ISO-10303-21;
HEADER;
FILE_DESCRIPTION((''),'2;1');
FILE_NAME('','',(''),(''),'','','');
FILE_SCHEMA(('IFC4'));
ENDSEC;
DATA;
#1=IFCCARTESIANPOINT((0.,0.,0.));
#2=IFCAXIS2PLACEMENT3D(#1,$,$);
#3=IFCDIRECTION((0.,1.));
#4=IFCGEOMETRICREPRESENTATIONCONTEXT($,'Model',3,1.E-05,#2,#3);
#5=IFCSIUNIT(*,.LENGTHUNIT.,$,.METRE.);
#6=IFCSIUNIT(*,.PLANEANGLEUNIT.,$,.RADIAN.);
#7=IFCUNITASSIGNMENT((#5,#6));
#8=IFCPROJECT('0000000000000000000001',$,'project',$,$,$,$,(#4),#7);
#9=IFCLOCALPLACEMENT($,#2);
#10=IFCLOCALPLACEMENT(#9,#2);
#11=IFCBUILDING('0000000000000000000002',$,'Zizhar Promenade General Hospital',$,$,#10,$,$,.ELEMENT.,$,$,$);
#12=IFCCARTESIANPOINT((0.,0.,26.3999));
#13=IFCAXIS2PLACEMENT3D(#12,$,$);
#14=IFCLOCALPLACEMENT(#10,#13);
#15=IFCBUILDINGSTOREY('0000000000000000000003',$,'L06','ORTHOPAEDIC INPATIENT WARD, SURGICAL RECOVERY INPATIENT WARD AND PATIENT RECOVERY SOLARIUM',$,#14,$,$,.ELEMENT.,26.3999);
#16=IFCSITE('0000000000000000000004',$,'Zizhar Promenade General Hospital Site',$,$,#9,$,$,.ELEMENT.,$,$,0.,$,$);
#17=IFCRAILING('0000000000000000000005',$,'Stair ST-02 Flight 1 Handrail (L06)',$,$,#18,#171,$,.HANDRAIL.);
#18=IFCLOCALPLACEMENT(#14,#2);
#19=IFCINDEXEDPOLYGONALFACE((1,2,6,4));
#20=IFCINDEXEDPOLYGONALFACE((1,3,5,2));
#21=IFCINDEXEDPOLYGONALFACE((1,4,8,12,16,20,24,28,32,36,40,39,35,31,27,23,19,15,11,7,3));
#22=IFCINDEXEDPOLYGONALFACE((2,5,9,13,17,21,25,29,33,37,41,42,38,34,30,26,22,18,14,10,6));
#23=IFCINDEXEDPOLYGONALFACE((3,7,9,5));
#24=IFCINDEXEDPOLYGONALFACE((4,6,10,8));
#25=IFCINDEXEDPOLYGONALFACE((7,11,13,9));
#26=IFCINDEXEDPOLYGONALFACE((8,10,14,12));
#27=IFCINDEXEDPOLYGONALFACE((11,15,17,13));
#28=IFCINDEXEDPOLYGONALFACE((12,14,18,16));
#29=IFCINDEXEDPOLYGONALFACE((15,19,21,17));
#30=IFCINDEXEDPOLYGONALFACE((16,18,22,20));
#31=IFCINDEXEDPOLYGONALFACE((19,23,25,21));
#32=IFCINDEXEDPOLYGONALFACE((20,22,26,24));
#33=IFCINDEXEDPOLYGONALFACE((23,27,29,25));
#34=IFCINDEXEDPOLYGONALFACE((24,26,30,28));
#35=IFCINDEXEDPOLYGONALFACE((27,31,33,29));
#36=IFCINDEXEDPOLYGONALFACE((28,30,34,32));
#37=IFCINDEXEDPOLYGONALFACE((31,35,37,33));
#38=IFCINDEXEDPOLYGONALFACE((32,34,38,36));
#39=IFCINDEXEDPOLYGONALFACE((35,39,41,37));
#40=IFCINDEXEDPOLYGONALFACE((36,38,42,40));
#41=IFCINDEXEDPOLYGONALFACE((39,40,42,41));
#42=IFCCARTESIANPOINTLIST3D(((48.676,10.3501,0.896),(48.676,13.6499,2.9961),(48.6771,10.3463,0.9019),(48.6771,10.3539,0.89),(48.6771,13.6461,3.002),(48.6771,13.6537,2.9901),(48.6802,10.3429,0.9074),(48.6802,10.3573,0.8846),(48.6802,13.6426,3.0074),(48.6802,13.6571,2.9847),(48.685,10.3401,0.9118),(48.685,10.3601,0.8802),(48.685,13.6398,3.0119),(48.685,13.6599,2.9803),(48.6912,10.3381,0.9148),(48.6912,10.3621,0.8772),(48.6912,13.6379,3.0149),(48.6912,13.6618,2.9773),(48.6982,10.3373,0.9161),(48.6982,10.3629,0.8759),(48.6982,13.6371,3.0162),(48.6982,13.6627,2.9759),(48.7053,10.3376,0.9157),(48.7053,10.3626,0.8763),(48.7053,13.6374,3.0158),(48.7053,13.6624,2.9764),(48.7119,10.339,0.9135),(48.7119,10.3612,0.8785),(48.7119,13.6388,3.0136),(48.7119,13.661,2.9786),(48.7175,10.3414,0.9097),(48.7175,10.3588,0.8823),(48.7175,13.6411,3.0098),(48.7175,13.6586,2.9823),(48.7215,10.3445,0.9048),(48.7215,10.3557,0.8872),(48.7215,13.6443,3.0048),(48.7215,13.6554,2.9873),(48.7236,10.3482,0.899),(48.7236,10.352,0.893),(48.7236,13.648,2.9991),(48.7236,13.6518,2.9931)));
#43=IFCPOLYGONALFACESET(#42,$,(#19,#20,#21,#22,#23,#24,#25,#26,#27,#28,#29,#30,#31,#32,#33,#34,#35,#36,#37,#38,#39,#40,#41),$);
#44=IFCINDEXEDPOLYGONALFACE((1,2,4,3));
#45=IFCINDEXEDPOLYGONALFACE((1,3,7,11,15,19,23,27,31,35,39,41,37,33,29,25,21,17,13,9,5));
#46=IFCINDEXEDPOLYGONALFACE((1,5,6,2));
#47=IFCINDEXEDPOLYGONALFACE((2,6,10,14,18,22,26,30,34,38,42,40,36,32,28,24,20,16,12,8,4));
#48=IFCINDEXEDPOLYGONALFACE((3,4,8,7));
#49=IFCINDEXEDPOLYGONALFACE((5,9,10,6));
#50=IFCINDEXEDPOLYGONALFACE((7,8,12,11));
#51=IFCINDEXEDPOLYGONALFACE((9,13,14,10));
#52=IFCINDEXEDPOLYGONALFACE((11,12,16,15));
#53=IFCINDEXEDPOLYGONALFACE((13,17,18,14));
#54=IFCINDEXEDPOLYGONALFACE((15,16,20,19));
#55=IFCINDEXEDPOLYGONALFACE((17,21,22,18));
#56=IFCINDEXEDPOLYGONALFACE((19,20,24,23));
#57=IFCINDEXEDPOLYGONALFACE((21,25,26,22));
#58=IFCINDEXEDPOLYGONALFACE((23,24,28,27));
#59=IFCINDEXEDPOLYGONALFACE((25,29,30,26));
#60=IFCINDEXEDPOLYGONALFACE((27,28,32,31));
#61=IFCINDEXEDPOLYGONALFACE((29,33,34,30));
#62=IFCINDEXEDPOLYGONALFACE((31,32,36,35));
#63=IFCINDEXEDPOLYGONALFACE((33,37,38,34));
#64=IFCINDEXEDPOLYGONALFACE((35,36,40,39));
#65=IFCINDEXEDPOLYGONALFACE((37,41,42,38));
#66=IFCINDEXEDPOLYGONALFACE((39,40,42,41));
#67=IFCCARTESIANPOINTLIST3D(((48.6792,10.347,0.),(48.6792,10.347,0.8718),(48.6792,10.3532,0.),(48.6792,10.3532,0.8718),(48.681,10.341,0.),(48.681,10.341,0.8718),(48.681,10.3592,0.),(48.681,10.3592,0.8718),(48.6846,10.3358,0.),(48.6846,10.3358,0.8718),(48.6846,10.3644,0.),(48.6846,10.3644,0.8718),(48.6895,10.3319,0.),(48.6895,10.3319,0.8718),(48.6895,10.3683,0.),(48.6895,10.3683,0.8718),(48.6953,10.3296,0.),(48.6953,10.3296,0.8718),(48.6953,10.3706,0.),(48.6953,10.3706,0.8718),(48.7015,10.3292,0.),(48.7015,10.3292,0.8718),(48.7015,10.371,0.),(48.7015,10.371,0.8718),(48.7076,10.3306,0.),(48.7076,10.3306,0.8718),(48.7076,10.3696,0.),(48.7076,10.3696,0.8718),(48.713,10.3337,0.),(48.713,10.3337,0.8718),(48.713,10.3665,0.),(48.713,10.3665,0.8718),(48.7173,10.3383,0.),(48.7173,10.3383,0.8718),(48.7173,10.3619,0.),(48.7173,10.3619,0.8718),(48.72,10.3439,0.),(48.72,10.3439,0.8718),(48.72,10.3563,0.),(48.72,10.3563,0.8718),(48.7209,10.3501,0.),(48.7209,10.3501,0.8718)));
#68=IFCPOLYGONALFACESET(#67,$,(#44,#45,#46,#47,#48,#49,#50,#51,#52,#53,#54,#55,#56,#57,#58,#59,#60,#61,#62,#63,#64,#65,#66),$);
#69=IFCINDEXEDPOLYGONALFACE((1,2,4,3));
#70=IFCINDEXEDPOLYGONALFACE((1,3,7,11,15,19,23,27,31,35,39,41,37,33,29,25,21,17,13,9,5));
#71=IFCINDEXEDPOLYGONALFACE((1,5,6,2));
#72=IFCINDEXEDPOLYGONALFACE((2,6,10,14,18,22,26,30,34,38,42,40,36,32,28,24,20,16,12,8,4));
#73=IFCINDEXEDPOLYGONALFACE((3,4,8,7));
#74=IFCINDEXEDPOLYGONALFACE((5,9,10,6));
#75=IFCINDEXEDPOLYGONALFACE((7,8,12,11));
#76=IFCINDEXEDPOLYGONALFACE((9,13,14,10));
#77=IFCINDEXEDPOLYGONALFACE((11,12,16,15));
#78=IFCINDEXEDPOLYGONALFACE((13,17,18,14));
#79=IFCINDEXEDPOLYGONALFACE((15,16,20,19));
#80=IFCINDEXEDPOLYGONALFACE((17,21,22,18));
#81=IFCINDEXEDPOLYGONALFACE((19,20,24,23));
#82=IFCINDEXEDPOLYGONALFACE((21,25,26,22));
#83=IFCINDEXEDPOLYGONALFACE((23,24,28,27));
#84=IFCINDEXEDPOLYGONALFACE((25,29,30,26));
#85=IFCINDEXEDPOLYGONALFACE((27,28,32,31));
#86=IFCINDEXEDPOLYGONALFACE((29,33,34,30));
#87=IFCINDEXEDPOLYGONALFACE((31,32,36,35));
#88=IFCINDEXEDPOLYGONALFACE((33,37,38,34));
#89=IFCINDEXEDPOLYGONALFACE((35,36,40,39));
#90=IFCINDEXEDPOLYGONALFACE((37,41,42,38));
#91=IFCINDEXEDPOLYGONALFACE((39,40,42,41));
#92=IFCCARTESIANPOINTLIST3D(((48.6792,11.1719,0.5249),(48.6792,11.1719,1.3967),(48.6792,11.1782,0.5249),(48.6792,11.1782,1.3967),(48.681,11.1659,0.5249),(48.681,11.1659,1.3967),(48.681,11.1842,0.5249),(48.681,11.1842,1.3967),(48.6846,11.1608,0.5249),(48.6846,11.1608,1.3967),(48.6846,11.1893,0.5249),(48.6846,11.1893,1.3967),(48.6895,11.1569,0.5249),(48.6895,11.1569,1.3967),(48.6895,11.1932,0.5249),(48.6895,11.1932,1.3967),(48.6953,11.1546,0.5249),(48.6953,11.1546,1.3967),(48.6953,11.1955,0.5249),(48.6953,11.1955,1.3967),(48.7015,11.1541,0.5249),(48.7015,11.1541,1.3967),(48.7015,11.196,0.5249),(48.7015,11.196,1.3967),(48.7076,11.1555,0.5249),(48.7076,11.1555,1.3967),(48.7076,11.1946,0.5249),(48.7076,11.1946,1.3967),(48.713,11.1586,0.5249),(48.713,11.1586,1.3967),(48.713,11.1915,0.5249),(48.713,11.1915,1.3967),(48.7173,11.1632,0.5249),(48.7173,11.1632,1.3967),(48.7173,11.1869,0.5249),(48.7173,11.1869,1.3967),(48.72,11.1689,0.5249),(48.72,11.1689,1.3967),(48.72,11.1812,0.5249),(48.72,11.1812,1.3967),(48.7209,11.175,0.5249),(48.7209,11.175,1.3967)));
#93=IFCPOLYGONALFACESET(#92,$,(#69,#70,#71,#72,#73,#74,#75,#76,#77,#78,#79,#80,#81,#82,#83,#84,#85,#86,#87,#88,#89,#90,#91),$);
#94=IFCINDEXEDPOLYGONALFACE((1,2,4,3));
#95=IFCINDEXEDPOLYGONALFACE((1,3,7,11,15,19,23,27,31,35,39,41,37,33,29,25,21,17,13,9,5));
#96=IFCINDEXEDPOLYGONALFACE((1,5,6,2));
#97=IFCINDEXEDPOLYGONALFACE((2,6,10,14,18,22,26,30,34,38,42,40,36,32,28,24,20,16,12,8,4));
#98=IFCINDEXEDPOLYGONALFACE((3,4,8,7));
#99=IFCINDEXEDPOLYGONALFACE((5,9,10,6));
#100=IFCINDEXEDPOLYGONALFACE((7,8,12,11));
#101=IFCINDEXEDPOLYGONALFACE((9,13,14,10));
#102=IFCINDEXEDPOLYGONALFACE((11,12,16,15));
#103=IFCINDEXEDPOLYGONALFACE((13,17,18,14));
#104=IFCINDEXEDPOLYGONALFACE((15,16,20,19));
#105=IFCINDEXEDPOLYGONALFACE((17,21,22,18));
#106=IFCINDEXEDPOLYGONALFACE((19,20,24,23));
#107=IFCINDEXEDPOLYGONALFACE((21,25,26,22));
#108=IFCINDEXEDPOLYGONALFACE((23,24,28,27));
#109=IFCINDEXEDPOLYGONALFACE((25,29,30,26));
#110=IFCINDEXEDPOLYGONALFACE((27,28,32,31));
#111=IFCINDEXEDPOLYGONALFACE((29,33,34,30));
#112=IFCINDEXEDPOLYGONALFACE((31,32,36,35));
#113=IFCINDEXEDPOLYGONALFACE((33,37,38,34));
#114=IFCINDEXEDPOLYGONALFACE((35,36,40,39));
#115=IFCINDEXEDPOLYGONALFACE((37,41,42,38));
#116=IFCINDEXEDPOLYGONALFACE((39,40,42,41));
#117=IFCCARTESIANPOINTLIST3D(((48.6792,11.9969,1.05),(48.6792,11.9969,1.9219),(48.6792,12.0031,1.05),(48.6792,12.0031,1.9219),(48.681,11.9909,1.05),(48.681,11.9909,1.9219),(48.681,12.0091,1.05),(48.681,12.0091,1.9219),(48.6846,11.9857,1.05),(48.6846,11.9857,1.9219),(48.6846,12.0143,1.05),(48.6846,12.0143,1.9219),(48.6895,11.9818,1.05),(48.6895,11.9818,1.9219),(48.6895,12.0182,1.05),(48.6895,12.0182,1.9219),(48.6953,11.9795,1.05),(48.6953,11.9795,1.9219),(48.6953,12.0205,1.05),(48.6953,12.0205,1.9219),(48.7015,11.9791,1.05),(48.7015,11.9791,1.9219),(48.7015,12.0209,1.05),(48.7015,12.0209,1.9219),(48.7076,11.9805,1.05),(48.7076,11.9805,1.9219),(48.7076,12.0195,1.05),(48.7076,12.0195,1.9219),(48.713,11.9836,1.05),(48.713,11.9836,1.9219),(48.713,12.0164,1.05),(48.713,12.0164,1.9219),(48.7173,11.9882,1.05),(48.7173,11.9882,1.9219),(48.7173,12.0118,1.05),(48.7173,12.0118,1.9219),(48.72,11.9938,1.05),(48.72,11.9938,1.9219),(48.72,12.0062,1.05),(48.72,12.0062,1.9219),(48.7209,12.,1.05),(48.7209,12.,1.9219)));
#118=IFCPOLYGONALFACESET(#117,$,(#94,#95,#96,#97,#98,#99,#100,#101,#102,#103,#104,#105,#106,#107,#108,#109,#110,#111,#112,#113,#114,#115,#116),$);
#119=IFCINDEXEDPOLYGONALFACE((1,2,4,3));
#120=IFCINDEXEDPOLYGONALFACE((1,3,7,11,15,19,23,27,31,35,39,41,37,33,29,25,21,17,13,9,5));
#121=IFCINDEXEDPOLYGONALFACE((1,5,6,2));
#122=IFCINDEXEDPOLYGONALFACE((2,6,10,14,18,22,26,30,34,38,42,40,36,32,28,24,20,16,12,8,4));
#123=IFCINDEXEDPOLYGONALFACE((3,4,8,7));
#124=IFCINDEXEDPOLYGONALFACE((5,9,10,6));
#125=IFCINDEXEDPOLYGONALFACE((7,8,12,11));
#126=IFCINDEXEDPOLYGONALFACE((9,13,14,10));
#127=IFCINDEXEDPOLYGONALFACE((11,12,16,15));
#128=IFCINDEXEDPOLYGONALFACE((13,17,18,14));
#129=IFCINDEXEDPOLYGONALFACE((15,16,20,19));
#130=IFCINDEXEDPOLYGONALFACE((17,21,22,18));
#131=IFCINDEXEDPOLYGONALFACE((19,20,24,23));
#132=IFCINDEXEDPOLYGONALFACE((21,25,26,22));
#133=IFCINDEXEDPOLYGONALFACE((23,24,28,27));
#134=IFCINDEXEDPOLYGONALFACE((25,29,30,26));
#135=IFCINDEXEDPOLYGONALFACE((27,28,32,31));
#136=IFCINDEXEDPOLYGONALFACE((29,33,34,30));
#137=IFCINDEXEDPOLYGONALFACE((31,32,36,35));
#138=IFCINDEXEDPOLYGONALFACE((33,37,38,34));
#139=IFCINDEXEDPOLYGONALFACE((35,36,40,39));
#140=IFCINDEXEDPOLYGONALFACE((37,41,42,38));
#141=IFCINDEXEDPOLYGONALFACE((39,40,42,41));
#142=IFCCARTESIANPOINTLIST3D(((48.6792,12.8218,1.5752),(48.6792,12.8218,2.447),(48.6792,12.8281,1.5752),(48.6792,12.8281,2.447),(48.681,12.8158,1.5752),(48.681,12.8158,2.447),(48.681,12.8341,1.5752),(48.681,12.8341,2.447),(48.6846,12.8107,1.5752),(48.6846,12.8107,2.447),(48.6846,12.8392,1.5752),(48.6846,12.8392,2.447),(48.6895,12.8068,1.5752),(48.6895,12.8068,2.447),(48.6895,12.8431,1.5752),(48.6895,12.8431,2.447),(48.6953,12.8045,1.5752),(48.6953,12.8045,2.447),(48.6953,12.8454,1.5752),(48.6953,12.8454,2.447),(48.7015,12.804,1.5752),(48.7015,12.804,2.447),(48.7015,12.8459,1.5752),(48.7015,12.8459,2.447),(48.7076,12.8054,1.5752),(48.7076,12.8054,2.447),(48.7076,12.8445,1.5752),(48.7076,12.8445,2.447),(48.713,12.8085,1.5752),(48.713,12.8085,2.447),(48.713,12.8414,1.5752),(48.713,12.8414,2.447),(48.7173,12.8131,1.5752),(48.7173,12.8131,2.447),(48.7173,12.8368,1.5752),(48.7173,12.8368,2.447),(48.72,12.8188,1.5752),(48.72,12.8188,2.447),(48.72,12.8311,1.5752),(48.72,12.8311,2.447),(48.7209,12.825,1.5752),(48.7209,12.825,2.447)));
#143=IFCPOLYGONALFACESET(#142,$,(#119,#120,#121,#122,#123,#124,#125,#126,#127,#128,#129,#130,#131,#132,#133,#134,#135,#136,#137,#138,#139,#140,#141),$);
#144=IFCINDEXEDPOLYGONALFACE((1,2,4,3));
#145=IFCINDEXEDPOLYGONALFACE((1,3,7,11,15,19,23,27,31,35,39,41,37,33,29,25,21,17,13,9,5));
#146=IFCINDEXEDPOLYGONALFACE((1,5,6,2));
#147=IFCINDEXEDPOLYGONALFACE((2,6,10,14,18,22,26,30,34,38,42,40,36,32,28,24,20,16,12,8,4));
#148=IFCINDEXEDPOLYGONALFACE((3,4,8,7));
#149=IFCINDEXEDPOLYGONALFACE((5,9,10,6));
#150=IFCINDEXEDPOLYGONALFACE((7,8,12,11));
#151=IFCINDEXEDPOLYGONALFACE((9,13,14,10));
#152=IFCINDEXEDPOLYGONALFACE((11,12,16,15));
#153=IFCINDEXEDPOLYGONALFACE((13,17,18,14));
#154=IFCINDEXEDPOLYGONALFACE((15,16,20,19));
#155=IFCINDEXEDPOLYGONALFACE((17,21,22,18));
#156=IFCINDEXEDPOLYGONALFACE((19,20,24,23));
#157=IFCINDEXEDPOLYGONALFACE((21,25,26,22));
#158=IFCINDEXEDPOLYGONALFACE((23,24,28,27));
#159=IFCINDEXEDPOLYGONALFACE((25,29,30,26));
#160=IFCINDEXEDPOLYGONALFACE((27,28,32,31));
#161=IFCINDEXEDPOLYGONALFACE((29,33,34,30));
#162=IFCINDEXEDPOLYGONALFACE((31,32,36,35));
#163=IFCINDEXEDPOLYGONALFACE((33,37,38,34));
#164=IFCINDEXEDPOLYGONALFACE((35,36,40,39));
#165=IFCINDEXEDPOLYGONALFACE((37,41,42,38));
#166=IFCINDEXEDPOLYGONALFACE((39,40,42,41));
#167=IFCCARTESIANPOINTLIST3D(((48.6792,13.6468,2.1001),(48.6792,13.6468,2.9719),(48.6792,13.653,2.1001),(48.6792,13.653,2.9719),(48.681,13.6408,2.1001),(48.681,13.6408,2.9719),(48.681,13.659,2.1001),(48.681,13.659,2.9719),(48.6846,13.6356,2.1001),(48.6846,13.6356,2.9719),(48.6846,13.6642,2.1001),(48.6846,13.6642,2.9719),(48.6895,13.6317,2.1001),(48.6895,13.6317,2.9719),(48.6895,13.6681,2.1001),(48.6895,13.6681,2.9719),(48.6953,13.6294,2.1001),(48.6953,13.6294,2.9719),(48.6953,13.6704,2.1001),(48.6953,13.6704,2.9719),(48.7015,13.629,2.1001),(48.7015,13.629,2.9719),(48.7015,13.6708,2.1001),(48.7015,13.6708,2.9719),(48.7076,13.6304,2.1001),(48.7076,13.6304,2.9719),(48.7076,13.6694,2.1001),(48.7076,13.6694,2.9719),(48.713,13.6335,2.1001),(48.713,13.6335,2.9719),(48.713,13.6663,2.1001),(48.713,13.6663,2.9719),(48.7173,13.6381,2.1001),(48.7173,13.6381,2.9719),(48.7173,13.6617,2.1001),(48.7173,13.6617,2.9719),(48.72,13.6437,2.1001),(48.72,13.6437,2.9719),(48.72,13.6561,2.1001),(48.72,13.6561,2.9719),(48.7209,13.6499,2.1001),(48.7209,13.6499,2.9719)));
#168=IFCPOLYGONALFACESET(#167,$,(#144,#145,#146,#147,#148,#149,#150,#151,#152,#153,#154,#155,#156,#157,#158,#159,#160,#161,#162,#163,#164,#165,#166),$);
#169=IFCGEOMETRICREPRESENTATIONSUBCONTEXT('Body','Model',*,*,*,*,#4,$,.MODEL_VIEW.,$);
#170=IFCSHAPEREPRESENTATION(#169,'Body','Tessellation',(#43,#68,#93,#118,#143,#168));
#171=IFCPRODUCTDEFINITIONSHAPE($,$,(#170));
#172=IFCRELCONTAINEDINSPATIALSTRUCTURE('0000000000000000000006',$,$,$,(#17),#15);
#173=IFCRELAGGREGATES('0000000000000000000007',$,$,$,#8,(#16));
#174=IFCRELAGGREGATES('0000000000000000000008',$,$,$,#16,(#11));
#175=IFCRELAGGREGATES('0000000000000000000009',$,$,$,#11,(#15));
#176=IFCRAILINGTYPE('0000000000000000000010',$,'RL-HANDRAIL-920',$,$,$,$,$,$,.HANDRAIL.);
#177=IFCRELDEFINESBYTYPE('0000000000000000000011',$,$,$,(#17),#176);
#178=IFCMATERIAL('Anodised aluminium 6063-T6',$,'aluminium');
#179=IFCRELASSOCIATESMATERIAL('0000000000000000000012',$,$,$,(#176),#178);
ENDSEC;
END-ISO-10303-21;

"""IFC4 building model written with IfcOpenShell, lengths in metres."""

from ifc_helpers import new_model, si_unit, direction, frame, origin, origin_2d, place, context, subcontext, project, spatial, circle, hollow_circle, extrude, material, material_profile, profile_set, type_object, element, save


model = new_model("IFC4")

# Units and contexts
model_context = context("Model", 3, precision=1e-05, world=origin(), true_north=direction((0.0, 1.0)))
body_context = subcontext(model_context, "Body", "Model", "MODEL_VIEW")
ifc_project = project(units=[si_unit("LENGTHUNIT", "METRE"), si_unit("PLANEANGLEUNIT", "RADIAN")], contexts=[model_context])

# Site, building, storey
site_placement = place(None, origin())
site = spatial("IfcSite", under=ifc_project, at=site_placement, Name="Zizhar Promenade General Hospital Site", CompositionType="ELEMENT", RefElevation=0.0)
building_placement = place(site_placement, origin())
building = spatial("IfcBuilding", under=site, at=building_placement, Name="Zizhar Promenade General Hospital", CompositionType="ELEMENT")
storey_placement = place(building_placement, frame((0.0, 0.0, 26.3999)))
storey = spatial("IfcBuildingStorey", under=building, at=storey_placement, Name="L06", Description="ORTHOPAEDIC INPATIENT WARD, SURGICAL RECOVERY INPATIENT WARD AND PATIENT RECOVERY SOLARIUM", CompositionType="ELEMENT", Elevation=26.3999)

# Railing
ifc_material_1 = material(Name="Anodised aluminium 6063-T6", Category="aluminium")
ifc_material_profile_1 = material_profile(ifc_material_1, hollow_circle(Radius=0.0698, WallThickness=0.0063, at=origin_2d()))
ifc_profile_set_1 = profile_set([ifc_material_profile_1], Name="Anodised aluminium 6063-T6")
railing_type_1 = type_object("IfcRailingType", Name="RL-HANDRAIL-920", PredefinedType="HANDRAIL", material=ifc_profile_set_1)
railing_1_placement = place(storey_placement, frame((48.7, 10.3501, 0.0)))
element("IfcRailing", 1, at=railing_1_placement, inside=storey, type_object=railing_type_1, Name="Stair ST-02 Flight 1 Handrail (L06)", PredefinedType="HANDRAIL", context=body_context, shape_type="SweptSolid", body=[
    extrude(circle(Radius=0.0239, at=origin_2d()), frame((0.0, 0.0, 0.896), z_axis=(0.0, 0.843636, 0.536916), x_axis=(-1.0, 0.0, 0.0)), (0.0, 0.0, 1.0), 3.9114),
    extrude(circle(Radius=0.021, at=origin_2d()), origin(), (0.0, 0.0, 1.0), 0.8718),
    extrude(circle(Radius=0.021, at=origin_2d()), frame((0.0, 0.825, 0.5249)), (0.0, 0.0, 1.0), 0.8718),
    extrude(circle(Radius=0.021, at=origin_2d()), frame((0.0, 1.6499, 1.05)), (0.0, 0.0, 1.0), 0.8718),
    extrude(circle(Radius=0.021, at=origin_2d()), frame((0.0, 2.4749, 1.5752)), (0.0, 0.0, 1.0), 0.8718),
    extrude(circle(Radius=0.021, at=origin_2d()), frame((0.0, 3.2998, 2.1001)), (0.0, 0.0, 1.0), 0.8718),
])

save(model, "model.ifc")
